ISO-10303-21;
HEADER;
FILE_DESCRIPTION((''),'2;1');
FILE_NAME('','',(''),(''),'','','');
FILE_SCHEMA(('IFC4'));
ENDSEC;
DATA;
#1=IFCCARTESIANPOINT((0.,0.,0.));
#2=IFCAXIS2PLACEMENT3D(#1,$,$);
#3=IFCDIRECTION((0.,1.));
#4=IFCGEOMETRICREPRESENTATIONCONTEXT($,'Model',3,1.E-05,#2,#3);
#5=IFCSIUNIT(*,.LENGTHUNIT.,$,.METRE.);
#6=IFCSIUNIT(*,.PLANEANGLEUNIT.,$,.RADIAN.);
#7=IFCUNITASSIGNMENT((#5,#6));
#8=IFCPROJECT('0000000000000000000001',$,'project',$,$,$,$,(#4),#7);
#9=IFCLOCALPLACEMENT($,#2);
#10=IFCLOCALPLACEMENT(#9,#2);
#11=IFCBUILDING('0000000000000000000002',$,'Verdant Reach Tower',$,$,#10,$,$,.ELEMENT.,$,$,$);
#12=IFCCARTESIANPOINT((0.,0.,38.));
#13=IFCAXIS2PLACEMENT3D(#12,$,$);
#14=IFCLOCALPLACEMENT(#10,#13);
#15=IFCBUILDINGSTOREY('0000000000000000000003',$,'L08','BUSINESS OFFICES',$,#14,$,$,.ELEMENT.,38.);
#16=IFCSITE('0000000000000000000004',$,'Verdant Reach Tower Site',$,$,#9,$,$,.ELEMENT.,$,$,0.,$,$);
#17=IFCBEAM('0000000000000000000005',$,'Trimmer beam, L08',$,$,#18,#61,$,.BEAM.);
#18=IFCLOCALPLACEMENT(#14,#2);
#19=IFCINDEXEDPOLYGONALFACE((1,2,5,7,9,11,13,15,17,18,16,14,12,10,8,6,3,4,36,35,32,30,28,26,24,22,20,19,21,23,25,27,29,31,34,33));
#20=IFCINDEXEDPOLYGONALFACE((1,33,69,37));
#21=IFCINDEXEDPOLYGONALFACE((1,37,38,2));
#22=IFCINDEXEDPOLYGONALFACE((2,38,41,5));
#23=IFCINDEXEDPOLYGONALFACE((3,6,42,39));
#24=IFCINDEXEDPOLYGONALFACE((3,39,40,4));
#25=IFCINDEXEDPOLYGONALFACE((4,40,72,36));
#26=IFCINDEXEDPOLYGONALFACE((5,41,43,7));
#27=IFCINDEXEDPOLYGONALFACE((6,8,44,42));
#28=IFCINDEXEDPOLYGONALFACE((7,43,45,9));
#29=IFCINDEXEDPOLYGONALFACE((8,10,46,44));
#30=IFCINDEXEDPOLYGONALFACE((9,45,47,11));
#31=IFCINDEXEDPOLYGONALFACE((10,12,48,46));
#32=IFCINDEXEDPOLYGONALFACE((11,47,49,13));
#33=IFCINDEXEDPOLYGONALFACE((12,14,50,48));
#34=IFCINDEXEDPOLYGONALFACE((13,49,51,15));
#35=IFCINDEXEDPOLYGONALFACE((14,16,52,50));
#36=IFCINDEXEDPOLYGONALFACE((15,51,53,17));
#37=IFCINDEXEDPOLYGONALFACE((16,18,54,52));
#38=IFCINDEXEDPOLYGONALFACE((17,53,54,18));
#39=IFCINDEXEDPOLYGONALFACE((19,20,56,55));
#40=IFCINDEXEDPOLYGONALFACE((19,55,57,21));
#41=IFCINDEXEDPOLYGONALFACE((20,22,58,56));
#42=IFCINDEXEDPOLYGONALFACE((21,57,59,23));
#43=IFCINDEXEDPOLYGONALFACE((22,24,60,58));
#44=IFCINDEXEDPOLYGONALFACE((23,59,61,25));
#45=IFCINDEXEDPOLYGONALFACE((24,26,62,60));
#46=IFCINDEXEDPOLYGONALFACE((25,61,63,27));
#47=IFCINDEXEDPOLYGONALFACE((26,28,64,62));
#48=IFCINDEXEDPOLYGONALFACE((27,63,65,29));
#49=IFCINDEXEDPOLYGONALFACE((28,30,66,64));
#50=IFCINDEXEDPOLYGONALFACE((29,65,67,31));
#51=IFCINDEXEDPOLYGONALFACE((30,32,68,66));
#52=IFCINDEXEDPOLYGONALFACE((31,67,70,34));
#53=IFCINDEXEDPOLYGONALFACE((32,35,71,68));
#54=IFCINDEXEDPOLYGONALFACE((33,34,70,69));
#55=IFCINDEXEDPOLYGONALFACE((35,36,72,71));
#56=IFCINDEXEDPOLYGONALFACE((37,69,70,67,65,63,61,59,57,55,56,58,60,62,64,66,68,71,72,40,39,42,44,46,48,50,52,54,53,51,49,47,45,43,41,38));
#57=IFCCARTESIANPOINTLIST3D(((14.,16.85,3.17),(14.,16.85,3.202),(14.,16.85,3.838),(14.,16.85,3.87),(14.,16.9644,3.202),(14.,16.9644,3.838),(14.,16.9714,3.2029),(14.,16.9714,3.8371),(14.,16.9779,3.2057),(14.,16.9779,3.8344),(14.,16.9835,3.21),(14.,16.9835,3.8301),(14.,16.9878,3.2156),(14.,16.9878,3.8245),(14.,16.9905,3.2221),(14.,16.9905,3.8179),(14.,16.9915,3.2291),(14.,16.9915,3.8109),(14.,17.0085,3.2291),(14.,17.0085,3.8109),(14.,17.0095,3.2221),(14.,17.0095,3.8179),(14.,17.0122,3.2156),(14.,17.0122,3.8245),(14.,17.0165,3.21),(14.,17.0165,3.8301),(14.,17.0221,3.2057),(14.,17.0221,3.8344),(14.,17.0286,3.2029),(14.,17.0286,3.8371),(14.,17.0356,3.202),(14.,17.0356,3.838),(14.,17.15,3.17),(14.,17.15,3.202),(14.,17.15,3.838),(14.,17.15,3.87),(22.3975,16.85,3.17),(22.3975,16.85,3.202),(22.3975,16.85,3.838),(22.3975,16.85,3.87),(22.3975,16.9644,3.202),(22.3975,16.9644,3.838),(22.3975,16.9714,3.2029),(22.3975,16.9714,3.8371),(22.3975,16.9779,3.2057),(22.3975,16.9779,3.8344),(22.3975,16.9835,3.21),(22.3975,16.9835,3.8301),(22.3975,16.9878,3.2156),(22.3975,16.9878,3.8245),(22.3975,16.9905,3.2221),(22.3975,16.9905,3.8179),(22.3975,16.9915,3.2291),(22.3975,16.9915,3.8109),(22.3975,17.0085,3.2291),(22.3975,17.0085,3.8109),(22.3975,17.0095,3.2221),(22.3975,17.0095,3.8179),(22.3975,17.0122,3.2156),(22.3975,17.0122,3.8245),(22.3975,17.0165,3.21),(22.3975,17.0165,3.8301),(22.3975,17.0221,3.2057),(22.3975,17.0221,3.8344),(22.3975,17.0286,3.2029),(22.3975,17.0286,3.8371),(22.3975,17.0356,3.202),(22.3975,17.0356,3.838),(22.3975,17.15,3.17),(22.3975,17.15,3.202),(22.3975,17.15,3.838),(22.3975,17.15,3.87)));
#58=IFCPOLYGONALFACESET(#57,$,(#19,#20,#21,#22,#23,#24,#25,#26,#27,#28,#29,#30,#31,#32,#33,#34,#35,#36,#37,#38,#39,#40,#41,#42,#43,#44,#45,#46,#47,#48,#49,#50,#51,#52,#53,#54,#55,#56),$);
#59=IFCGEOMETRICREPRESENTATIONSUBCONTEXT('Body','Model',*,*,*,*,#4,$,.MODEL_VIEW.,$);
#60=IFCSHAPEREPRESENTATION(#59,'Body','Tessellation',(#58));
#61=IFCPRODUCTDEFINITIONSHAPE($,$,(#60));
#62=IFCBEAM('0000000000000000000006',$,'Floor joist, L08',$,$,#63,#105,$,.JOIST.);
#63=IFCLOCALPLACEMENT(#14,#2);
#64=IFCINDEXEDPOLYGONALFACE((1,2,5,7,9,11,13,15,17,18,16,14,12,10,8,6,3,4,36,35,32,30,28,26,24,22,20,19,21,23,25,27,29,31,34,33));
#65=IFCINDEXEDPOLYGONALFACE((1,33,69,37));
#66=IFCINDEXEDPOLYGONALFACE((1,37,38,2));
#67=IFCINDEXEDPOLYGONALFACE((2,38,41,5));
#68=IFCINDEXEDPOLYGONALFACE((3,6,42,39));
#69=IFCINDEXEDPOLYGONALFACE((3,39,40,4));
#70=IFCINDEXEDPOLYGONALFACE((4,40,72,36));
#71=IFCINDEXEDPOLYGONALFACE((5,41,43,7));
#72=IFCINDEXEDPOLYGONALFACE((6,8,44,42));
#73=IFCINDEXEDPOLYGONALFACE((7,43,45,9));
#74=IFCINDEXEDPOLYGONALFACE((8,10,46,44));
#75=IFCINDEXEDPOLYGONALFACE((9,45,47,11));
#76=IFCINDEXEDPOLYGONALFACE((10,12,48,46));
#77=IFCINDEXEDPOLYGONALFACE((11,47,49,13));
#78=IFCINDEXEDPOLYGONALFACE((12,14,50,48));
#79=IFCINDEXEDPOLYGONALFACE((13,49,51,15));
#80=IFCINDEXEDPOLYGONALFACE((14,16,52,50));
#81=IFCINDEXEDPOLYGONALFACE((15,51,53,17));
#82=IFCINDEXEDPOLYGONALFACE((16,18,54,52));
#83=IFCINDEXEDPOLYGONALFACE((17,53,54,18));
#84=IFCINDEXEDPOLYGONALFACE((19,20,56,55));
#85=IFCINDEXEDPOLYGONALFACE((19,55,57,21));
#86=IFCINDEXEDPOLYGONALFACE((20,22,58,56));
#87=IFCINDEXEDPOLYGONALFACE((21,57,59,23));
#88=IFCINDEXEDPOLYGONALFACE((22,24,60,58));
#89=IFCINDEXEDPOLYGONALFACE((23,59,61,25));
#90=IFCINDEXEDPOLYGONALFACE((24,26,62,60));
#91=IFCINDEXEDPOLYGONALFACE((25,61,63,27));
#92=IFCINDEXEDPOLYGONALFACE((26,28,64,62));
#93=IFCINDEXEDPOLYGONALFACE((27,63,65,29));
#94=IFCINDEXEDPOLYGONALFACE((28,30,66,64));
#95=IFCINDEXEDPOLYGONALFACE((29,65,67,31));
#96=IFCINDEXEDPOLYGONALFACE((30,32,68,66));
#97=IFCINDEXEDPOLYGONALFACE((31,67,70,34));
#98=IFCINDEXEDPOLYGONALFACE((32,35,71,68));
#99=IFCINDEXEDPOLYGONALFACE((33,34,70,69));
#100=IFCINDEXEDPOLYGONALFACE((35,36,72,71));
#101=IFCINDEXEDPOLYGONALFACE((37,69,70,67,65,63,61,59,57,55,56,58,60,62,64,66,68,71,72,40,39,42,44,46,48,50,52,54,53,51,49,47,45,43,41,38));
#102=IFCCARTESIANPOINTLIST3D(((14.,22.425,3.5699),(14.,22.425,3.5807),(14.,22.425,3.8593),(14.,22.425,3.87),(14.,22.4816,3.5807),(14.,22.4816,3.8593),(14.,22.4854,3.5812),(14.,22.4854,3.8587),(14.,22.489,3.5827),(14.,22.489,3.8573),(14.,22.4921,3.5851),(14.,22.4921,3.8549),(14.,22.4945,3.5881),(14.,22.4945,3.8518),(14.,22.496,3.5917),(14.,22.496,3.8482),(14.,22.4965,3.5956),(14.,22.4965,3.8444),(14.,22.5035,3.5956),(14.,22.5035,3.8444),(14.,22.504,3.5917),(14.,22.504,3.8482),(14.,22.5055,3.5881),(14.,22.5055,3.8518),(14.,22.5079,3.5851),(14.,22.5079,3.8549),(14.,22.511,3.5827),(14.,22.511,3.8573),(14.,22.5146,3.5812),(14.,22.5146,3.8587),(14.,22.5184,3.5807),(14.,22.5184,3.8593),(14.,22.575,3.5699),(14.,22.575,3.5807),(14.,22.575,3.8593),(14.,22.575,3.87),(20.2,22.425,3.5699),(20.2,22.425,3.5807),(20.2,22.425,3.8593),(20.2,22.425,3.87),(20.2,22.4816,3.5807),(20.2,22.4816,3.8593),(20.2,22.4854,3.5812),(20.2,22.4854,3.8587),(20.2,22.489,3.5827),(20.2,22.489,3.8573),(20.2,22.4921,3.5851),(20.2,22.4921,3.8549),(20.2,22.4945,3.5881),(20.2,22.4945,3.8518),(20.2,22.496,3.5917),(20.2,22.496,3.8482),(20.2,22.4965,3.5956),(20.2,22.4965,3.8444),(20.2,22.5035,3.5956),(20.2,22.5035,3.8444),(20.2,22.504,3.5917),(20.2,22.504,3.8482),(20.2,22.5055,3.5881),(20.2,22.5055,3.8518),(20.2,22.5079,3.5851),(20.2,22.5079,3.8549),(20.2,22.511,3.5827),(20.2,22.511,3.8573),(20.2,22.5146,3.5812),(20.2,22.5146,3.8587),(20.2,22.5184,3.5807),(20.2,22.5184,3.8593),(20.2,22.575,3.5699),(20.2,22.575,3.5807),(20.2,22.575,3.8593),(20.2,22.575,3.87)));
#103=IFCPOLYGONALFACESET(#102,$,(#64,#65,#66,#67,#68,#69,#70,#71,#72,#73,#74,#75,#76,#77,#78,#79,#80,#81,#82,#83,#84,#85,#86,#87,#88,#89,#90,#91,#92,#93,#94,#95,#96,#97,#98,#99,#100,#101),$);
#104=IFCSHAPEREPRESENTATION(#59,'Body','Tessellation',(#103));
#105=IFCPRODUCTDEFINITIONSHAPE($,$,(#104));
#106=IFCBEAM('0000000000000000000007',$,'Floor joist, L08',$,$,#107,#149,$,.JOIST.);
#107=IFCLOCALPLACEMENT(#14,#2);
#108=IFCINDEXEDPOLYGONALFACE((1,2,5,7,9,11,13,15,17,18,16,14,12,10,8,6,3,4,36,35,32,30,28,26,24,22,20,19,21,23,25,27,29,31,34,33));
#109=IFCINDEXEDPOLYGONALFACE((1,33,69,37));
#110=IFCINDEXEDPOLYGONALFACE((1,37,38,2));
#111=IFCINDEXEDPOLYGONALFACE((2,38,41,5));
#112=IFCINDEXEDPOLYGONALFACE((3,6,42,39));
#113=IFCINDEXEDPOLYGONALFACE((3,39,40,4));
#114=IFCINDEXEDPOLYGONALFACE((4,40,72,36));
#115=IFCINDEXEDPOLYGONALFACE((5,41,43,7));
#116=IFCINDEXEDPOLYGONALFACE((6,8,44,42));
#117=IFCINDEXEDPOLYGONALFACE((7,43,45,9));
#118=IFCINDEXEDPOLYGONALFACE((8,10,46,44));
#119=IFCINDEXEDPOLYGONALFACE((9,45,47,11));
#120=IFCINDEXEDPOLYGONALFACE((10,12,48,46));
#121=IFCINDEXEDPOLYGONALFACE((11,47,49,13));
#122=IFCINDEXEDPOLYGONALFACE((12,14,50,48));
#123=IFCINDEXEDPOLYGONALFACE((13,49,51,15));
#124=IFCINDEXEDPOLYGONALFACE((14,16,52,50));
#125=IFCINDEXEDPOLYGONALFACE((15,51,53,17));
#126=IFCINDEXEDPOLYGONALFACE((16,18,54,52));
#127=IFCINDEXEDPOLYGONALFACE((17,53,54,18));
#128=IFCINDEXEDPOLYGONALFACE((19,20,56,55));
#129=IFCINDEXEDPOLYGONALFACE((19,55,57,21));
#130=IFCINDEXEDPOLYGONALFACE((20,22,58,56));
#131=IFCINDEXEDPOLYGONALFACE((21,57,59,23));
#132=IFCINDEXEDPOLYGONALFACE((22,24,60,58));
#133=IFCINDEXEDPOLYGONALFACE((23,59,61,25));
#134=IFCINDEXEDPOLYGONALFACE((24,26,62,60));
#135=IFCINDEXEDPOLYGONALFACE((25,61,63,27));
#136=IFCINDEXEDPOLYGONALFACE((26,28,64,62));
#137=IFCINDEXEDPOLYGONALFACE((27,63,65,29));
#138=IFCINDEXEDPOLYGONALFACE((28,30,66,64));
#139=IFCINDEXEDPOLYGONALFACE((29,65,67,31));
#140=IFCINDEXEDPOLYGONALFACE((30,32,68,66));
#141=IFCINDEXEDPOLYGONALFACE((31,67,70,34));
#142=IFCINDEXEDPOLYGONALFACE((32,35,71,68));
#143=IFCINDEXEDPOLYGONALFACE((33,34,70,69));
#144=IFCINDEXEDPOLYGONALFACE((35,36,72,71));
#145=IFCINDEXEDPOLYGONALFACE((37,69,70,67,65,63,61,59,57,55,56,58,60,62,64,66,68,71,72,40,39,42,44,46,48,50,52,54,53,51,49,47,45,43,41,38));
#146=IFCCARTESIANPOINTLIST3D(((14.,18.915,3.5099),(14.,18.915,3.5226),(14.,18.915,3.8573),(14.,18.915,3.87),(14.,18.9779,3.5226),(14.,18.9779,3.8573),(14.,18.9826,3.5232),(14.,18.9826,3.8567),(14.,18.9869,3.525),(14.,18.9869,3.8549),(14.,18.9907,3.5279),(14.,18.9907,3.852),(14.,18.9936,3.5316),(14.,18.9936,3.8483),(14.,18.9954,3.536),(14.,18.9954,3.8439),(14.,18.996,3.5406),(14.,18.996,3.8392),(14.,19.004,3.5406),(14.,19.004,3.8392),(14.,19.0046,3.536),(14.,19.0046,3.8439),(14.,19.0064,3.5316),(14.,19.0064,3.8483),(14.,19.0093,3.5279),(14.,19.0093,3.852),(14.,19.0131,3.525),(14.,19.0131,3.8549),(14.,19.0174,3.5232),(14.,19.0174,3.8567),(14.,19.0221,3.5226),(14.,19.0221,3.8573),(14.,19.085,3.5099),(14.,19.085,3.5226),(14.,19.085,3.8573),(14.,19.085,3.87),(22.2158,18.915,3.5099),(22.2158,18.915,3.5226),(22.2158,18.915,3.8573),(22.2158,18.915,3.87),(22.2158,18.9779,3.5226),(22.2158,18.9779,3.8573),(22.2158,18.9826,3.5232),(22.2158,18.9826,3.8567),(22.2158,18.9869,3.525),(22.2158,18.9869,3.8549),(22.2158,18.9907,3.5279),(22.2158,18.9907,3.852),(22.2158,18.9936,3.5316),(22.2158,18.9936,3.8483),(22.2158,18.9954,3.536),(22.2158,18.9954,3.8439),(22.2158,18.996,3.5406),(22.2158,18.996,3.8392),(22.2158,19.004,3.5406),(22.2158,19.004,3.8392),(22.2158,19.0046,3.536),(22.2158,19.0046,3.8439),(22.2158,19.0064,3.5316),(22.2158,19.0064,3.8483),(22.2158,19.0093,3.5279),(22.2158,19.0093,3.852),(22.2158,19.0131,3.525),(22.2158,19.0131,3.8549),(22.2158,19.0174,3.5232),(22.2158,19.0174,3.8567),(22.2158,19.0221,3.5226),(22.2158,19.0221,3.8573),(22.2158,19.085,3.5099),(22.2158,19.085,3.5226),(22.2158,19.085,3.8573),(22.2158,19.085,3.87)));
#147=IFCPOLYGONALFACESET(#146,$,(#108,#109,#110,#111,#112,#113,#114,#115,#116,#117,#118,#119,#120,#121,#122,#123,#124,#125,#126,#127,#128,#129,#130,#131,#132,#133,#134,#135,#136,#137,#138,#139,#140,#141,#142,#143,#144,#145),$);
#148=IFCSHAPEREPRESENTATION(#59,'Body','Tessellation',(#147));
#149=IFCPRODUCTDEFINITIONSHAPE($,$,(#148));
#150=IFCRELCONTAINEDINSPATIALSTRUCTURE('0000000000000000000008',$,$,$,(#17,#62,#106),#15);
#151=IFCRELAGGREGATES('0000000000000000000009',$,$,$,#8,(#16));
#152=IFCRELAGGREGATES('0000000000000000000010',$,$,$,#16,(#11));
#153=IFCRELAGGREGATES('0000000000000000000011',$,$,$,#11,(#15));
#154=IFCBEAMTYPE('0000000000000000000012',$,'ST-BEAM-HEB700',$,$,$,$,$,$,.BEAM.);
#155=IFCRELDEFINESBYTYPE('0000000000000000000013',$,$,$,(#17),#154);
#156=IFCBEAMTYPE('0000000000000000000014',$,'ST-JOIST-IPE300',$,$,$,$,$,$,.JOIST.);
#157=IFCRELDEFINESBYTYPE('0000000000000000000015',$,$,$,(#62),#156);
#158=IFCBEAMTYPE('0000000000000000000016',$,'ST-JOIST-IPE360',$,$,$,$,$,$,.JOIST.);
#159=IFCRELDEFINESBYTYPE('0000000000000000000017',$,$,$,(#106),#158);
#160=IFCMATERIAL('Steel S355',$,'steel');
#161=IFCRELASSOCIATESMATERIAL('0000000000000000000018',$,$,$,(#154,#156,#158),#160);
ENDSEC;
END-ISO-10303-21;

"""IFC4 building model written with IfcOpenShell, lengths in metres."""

from ifc_helpers import new_model, si_unit, direction, frame, origin, origin_2d, place, context, subcontext, project, spatial, i_section, extrude, material, material_profile, profile_set, type_object, element, save


model = new_model("IFC4")

# Units and contexts
model_context = context("Model", 3, precision=1e-05, world=origin(), true_north=direction((0.0, 1.0)))
body_context = subcontext(model_context, "Body", "Model", "MODEL_VIEW")
ifc_project = project(units=[si_unit("LENGTHUNIT", "METRE"), si_unit("PLANEANGLEUNIT", "RADIAN")], contexts=[model_context])

# Site, building, storey
site_placement = place(None, origin())
site = spatial("IfcSite", under=ifc_project, at=site_placement, Name="Verdant Reach Tower Site", CompositionType="ELEMENT", RefElevation=0.0)
building_placement = place(site_placement, origin())
building = spatial("IfcBuilding", under=site, at=building_placement, Name="Verdant Reach Tower", CompositionType="ELEMENT")
storey_placement = place(building_placement, frame((0.0, 0.0, 38.0)))
storey = spatial("IfcBuildingStorey", under=building, at=storey_placement, Name="L08", Description="BUSINESS OFFICES", CompositionType="ELEMENT", Elevation=38.0)

# Beams
ifc_material_1 = material(Name="Steel S355", Category="steel")
ifc_material_profile_1 = material_profile(ifc_material_1, i_section(OverallWidth=0.3, OverallDepth=0.7, WebThickness=0.0171, FlangeThickness=0.032, FilletRadius=0.0271, at=origin_2d()), Name="HEB 700")
ifc_profile_set_1 = profile_set([ifc_material_profile_1], Name="Steel S355")
beam_type_1 = type_object("IfcBeamType", Name="ST-BEAM-HEB700", PredefinedType="BEAM", material=ifc_profile_set_1)
beam_1_placement = place(storey_placement, frame((14.0, 17.0, 3.52), z_axis=(1.0, 0.0, 0.0), x_axis=(0.0, 1.0, 0.0)))
element("IfcBeam", 1, at=beam_1_placement, inside=storey, type_object=beam_type_1, Name="Trimmer beam, L08", PredefinedType="BEAM", context=body_context, shape_type="SweptSolid", body=[
    extrude(i_section(OverallWidth=0.3, OverallDepth=0.7, WebThickness=0.0171, FlangeThickness=0.032, FilletRadius=0.0271, at=origin_2d()), origin(), (0.0, 0.0, 1.0), 8.3975),
])
ifc_material_profile_2 = material_profile(ifc_material_1, i_section(OverallWidth=0.1499, OverallDepth=0.3, WebThickness=0.0071, FlangeThickness=0.0107, FilletRadius=0.0149, at=origin_2d()), Name="IPE 300")
ifc_profile_set_2 = profile_set([ifc_material_profile_2], Name="Steel S355")
beam_type_2 = type_object("IfcBeamType", Name="ST-JOIST-IPE300", PredefinedType="JOIST", material=ifc_profile_set_2)
beam_2_placement = place(storey_placement, frame((14.0, 22.5, 3.72), z_axis=(1.0, 0.0, 0.0), x_axis=(0.0, 1.0, 0.0)))
element("IfcBeam", 2, at=beam_2_placement, inside=storey, type_object=beam_type_2, Name="Floor joist, L08", PredefinedType="JOIST", context=body_context, shape_type="SweptSolid", body=[
    extrude(i_section(OverallWidth=0.1499, OverallDepth=0.3, WebThickness=0.0071, FlangeThickness=0.0107, FilletRadius=0.0149, at=origin_2d()), origin(), (0.0, 0.0, 1.0), 6.2),
])
ifc_material_profile_3 = material_profile(ifc_material_1, i_section(OverallWidth=0.1699, OverallDepth=0.3601, WebThickness=0.0081, FlangeThickness=0.0127, FilletRadius=0.0181, at=origin_2d()), Name="IPE 360")
ifc_profile_set_3 = profile_set([ifc_material_profile_3], Name="Steel S355")
beam_type_3 = type_object("IfcBeamType", Name="ST-JOIST-IPE360", PredefinedType="JOIST", material=ifc_profile_set_3)
beam_3_placement = place(storey_placement, frame((14.0, 19.0, 3.6899), z_axis=(1.0, 0.0, 0.0), x_axis=(0.0, 1.0, 0.0)))
element("IfcBeam", 3, at=beam_3_placement, inside=storey, type_object=beam_type_3, Name="Floor joist, L08", PredefinedType="JOIST", context=body_context, shape_type="SweptSolid", body=[
    extrude(i_section(OverallWidth=0.1699, OverallDepth=0.3601, WebThickness=0.0081, FlangeThickness=0.0127, FilletRadius=0.0181, at=origin_2d()), origin(), (0.0, 0.0, 1.0), 8.2158),
])

save(model, "model.ifc")
